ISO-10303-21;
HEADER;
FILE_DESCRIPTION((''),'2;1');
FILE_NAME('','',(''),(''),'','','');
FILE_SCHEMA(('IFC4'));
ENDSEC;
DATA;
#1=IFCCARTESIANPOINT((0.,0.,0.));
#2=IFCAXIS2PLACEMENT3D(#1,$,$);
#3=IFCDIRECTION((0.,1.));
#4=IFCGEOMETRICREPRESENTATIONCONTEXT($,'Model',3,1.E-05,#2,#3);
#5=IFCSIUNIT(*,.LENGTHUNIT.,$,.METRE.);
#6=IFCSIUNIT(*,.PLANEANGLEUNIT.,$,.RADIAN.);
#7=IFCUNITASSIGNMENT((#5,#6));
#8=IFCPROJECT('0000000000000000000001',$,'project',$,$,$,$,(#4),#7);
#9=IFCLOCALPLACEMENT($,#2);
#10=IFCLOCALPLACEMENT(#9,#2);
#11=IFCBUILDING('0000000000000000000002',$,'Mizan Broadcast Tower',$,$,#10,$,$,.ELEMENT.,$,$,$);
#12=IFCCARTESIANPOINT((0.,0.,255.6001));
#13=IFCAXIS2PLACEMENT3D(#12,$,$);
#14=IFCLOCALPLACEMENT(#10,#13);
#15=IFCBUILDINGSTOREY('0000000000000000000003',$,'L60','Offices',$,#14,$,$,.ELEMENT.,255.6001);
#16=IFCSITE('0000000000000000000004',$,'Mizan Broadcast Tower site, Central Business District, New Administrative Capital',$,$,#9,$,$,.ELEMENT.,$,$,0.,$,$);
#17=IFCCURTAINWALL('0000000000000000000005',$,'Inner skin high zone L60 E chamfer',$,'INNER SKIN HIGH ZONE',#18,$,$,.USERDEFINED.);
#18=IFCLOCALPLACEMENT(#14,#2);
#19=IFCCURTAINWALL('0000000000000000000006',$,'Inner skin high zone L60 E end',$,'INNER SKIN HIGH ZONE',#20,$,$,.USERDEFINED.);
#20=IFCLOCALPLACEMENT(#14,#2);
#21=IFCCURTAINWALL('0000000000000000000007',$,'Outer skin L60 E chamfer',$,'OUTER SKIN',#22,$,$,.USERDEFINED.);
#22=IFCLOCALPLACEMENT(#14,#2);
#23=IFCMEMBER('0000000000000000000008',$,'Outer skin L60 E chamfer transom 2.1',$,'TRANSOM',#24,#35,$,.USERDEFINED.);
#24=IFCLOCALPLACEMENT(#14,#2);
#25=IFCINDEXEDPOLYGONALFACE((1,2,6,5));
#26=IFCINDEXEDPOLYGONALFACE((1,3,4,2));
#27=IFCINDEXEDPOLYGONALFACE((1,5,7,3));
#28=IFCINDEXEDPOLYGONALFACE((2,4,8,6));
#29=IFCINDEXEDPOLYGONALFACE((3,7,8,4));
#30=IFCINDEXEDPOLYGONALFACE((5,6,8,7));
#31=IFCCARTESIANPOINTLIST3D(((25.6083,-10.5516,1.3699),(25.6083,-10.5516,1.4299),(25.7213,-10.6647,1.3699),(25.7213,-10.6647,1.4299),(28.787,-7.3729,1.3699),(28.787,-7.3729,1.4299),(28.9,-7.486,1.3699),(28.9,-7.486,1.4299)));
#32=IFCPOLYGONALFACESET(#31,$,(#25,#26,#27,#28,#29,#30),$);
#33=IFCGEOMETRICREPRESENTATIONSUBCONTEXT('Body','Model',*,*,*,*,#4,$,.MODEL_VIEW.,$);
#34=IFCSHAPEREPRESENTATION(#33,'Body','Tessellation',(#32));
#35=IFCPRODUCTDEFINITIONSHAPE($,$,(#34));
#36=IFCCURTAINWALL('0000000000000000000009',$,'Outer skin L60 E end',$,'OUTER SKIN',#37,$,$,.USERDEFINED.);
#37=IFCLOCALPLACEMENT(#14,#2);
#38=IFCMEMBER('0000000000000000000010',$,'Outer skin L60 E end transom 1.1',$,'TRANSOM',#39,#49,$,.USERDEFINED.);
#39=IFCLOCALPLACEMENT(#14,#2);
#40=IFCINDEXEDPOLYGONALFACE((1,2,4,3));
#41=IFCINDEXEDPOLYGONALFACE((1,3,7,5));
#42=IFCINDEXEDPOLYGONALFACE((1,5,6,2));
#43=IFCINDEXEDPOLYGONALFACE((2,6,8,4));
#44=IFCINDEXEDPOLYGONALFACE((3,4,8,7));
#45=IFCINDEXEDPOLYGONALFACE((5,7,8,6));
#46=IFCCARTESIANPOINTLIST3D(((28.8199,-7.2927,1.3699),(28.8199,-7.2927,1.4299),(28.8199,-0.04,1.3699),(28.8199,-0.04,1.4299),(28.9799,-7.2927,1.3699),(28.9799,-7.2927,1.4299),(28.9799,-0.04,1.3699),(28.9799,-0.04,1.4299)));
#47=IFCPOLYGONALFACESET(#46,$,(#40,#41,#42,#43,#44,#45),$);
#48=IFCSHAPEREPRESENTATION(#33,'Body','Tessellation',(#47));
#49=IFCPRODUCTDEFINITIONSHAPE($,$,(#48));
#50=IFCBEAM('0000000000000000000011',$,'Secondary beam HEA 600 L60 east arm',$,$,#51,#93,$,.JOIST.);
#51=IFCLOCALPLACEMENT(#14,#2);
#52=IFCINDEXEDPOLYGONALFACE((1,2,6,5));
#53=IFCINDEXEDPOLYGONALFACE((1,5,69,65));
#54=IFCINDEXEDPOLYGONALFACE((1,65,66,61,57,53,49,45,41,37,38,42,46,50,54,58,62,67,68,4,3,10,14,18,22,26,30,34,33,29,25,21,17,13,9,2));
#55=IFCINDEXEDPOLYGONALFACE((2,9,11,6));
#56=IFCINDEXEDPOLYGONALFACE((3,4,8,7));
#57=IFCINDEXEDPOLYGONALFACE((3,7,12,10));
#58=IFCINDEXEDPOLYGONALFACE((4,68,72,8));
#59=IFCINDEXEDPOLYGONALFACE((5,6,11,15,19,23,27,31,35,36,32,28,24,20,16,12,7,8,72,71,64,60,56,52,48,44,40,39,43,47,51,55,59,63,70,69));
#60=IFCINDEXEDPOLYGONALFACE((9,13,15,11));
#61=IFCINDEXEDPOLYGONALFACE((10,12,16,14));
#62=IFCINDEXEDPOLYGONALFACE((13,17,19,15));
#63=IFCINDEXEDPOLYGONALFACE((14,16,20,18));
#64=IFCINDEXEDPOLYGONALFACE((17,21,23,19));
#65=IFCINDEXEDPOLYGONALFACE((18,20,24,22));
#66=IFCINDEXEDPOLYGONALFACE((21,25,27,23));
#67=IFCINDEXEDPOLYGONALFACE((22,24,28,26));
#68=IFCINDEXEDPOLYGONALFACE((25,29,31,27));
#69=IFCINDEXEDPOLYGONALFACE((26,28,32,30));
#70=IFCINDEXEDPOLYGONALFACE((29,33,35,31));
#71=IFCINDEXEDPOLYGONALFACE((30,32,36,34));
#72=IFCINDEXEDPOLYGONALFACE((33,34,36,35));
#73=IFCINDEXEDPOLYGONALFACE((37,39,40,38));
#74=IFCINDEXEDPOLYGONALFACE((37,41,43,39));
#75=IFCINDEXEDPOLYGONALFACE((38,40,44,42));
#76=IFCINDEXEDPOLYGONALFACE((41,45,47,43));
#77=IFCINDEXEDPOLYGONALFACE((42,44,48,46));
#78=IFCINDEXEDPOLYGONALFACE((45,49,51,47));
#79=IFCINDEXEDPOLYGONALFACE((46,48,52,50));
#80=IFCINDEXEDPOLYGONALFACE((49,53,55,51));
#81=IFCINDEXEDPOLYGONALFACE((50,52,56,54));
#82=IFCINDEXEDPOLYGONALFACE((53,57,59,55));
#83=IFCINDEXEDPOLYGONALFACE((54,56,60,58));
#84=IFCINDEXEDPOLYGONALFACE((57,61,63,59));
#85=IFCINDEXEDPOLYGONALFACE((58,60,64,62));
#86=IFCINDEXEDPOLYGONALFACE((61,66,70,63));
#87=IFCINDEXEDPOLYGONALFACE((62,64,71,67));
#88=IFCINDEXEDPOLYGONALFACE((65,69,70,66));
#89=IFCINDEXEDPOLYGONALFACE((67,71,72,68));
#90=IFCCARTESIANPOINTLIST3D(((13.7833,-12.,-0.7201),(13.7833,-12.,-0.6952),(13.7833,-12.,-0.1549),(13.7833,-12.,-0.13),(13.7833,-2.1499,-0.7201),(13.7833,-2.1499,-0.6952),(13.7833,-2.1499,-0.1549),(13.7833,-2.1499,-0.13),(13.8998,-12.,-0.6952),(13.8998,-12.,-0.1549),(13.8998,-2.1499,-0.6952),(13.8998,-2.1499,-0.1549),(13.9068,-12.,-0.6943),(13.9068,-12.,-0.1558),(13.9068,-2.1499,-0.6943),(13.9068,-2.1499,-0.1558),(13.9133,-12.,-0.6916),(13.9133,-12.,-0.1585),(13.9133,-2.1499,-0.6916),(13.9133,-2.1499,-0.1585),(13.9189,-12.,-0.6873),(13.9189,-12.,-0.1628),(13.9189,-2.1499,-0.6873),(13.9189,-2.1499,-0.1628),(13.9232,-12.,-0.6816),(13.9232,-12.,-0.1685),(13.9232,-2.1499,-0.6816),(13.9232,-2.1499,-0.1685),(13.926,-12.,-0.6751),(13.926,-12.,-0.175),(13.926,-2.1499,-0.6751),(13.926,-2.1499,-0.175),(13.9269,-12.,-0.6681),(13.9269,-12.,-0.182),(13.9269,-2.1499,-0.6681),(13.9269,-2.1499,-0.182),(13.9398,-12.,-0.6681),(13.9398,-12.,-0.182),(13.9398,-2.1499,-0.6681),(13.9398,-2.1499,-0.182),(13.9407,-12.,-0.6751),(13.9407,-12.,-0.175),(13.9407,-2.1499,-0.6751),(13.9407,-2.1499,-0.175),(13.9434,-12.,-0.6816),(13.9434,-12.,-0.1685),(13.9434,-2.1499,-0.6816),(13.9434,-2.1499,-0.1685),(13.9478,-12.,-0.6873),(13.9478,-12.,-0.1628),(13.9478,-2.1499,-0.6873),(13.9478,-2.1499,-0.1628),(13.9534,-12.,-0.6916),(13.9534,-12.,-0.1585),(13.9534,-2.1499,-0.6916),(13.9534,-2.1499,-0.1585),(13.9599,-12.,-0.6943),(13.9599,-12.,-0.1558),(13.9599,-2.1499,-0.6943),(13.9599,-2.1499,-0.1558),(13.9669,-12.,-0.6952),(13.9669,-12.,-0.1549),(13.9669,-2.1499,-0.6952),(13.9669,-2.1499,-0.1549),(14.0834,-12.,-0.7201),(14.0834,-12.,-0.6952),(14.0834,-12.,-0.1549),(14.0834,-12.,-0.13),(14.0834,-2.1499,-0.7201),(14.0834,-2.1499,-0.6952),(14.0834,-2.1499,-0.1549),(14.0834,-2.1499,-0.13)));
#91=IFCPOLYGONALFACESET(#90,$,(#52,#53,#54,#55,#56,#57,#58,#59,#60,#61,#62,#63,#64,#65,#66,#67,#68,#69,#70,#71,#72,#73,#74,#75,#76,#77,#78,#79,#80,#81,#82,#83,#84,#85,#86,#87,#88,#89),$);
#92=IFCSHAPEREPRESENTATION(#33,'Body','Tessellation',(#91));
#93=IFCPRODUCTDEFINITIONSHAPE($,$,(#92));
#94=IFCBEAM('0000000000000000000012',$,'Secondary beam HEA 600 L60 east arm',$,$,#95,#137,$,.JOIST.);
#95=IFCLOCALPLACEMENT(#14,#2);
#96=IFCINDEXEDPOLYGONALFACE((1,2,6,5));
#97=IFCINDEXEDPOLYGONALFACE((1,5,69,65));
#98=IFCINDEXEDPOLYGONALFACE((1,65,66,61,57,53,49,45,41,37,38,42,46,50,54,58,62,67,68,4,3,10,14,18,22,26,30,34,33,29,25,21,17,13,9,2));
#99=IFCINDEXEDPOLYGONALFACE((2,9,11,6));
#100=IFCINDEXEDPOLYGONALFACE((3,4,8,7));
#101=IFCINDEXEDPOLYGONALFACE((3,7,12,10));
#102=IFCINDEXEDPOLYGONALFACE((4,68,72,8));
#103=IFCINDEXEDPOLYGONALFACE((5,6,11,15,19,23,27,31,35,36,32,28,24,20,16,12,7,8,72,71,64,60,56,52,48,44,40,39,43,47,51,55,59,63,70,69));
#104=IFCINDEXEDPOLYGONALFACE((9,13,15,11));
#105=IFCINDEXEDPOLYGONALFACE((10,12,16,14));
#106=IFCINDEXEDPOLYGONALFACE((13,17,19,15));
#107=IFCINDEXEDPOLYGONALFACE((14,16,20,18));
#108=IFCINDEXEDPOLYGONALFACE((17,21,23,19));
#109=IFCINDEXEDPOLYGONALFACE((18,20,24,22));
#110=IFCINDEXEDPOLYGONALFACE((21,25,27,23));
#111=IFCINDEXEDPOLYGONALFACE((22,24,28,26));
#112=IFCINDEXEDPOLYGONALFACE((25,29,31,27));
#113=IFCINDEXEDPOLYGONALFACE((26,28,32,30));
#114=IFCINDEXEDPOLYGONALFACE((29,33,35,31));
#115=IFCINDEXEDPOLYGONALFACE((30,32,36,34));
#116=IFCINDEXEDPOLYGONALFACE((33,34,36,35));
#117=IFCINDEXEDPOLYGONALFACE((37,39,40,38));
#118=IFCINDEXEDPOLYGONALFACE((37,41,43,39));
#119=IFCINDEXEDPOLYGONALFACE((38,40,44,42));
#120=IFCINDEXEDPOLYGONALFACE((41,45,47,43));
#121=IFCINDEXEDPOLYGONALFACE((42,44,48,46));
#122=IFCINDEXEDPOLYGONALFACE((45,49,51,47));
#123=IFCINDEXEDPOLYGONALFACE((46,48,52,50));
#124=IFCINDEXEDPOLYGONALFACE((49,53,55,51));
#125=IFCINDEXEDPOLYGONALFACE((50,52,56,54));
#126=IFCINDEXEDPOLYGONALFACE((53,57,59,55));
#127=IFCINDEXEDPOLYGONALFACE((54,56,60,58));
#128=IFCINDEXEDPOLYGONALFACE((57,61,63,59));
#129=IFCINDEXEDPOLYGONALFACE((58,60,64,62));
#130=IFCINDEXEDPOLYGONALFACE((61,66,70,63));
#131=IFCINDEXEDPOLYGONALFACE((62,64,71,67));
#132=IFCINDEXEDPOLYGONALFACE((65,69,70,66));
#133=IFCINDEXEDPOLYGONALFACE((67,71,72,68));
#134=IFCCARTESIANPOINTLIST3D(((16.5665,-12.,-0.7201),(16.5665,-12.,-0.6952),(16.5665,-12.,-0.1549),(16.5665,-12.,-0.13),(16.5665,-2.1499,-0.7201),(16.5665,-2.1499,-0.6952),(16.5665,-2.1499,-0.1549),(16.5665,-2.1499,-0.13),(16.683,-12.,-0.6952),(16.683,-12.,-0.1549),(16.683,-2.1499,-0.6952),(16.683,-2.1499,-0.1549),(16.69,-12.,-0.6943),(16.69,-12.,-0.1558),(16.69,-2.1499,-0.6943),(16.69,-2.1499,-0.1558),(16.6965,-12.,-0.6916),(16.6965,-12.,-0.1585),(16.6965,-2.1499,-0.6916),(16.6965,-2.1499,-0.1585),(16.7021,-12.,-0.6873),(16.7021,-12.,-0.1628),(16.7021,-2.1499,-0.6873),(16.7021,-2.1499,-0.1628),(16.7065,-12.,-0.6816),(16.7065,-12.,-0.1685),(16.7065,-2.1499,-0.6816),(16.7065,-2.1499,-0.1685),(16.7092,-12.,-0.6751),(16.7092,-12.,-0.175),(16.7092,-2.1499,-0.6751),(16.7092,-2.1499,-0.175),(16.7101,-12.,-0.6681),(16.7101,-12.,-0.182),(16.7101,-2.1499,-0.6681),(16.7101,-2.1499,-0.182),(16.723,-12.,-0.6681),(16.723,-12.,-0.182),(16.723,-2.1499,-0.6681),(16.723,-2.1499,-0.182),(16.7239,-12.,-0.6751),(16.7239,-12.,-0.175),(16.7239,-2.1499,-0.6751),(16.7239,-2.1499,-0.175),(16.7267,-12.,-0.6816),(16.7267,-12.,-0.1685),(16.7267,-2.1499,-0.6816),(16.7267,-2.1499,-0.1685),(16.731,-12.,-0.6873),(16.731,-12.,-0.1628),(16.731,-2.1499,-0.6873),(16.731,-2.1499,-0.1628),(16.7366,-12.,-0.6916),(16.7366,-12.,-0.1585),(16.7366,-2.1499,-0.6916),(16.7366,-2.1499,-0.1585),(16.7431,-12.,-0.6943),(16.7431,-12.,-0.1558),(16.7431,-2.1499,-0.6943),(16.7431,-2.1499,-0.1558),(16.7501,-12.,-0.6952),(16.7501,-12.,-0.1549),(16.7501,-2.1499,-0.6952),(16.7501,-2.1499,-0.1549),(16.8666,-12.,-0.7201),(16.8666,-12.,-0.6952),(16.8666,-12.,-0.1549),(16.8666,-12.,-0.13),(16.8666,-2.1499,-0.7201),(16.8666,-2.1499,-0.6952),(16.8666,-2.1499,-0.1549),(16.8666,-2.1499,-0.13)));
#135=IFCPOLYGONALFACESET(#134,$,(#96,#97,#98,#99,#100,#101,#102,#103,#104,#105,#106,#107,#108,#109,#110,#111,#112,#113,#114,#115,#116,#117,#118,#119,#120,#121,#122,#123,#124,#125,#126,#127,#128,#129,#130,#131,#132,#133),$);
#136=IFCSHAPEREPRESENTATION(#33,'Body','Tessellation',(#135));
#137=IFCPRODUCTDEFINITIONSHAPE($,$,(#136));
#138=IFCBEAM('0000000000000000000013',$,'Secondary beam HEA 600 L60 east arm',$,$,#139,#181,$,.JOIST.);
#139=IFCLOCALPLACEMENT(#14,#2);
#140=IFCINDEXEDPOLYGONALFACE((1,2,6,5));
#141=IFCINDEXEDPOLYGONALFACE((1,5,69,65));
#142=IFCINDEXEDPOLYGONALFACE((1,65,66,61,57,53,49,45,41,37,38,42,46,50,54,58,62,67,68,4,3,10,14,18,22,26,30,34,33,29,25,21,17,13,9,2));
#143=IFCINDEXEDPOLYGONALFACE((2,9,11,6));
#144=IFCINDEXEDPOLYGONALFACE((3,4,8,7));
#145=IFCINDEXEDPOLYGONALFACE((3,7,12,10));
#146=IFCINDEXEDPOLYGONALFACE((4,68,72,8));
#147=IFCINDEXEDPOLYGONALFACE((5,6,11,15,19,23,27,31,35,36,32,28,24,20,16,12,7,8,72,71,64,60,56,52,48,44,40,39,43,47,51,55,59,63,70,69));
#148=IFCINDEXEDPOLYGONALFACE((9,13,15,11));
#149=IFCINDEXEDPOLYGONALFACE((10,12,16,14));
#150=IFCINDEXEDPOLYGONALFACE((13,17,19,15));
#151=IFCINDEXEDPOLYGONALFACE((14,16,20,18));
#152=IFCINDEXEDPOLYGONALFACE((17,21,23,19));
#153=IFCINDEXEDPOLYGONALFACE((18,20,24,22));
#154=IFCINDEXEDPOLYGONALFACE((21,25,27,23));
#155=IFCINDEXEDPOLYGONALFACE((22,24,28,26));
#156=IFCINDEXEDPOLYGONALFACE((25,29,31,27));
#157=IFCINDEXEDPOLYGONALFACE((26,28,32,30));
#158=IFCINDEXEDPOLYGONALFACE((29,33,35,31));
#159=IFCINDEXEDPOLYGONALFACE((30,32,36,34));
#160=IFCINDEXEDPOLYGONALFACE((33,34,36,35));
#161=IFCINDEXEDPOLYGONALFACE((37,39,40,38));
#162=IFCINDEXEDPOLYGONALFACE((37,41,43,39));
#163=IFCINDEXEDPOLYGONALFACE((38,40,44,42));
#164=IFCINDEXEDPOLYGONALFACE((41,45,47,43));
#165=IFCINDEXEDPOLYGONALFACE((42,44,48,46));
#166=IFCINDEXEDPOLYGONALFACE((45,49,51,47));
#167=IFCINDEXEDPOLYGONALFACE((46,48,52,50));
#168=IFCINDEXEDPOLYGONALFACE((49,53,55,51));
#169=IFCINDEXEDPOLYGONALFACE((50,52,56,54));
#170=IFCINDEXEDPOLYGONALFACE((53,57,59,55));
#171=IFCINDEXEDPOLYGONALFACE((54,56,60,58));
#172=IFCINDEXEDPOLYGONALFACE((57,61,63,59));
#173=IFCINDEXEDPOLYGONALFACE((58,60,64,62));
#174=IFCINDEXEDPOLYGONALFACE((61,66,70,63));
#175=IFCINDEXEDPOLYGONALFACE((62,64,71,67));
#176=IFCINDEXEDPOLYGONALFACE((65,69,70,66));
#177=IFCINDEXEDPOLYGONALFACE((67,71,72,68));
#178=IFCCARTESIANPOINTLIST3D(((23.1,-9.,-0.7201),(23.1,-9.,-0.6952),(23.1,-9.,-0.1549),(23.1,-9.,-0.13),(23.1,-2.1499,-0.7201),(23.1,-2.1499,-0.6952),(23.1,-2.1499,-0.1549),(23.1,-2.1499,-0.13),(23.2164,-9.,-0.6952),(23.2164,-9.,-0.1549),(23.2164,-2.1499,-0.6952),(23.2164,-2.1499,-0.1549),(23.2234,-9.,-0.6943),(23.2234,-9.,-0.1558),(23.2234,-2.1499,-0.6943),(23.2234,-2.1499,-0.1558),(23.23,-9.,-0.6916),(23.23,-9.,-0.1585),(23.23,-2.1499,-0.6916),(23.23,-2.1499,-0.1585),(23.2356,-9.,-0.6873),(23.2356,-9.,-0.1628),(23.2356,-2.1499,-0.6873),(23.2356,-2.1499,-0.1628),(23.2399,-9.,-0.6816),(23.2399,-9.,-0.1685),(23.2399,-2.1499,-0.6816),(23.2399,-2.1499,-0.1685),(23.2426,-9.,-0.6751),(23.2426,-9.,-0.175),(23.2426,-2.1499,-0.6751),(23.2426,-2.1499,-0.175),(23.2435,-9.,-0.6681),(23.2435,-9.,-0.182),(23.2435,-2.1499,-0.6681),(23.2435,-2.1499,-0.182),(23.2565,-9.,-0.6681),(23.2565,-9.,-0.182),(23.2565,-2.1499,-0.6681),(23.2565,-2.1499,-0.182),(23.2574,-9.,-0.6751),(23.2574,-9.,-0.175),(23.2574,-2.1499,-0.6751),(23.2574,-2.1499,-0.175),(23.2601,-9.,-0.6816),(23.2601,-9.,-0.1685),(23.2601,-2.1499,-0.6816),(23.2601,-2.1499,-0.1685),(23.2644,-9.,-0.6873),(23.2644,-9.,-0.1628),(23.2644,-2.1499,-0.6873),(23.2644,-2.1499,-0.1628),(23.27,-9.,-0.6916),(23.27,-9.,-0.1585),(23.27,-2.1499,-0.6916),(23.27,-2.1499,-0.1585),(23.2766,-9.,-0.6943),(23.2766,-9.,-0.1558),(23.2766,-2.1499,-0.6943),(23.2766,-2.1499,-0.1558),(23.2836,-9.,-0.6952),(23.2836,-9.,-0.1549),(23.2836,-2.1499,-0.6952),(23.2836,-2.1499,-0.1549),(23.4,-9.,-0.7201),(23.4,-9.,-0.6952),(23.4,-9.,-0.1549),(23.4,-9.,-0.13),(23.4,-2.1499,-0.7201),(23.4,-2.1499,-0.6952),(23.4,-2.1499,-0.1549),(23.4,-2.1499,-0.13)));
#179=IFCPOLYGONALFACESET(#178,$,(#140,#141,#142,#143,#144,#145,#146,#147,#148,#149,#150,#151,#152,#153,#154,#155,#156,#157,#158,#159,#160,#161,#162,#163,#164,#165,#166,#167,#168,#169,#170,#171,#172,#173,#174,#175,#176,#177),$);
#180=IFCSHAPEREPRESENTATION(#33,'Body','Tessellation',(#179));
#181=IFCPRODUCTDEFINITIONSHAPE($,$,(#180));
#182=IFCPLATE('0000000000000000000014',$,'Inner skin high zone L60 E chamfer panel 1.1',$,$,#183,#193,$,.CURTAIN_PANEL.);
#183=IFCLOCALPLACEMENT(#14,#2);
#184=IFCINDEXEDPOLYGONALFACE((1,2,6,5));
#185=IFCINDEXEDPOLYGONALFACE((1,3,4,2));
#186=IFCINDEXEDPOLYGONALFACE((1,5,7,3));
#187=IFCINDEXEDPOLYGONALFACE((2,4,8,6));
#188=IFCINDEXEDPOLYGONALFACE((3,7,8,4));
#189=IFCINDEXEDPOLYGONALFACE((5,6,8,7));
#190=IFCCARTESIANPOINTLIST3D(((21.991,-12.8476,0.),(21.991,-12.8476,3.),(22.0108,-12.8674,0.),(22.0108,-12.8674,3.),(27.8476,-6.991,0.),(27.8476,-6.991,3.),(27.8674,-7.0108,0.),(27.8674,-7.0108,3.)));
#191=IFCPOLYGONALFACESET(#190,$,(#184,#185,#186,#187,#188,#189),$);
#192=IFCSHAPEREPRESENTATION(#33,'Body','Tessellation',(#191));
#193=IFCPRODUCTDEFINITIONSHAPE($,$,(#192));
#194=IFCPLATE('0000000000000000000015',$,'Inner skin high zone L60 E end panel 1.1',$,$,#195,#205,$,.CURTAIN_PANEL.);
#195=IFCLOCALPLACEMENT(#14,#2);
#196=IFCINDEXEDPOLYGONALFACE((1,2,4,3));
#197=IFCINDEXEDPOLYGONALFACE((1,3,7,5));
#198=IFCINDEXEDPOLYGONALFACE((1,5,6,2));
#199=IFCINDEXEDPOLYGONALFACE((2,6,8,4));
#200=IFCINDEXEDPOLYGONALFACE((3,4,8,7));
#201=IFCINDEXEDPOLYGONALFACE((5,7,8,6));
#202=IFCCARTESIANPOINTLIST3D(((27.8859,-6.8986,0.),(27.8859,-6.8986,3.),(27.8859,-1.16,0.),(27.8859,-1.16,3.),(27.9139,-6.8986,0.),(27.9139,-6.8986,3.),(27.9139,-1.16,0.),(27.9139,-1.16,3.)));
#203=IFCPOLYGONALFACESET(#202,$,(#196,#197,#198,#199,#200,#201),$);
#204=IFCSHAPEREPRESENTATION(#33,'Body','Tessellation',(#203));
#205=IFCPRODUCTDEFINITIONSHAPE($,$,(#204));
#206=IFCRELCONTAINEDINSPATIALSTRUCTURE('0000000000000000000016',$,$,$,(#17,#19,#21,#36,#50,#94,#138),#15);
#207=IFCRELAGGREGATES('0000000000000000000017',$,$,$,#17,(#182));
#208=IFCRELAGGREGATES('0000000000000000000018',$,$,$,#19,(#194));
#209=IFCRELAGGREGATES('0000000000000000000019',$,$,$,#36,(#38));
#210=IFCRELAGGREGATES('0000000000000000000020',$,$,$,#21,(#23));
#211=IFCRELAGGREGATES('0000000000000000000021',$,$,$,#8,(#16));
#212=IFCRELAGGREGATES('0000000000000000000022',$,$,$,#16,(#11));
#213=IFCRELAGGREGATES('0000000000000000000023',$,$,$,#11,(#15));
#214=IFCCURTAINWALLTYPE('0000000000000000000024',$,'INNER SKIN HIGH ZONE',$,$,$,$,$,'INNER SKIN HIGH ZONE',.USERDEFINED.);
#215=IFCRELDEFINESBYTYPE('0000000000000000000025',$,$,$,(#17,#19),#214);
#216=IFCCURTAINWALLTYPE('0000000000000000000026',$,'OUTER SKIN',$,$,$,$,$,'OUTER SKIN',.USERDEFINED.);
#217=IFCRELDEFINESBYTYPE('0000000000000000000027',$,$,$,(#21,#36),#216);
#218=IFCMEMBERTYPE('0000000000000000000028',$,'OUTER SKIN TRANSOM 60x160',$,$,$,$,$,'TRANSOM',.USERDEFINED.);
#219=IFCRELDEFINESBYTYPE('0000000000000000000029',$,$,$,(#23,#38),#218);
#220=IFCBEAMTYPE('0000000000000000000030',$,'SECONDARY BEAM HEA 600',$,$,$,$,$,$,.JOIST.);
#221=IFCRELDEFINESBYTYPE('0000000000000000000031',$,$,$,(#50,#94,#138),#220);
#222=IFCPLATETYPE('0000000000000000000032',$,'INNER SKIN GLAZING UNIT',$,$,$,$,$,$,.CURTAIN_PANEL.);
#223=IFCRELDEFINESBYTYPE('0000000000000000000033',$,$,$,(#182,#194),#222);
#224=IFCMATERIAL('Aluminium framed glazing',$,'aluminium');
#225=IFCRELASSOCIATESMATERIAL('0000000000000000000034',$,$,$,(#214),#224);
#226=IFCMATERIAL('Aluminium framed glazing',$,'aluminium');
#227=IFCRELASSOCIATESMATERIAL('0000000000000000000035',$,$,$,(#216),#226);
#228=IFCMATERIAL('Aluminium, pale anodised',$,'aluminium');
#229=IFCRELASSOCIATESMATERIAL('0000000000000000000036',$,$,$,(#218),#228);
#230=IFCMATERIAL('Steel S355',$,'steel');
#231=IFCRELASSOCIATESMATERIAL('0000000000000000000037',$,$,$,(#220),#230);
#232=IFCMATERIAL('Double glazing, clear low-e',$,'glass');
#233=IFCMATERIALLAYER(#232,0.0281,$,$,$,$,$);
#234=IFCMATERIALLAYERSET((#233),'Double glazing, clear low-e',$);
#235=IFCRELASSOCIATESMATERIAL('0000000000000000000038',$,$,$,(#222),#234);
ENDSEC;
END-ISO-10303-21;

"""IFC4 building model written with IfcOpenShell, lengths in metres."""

from ifc_helpers import new_model, si_unit, direction, frame, origin, origin_2d, place, context, subcontext, project, spatial, rectangle, i_section, extrude, material, layer, layer_set, material_profile, profile_set, type_object, element, aggregate, save


model = new_model("IFC4")

# Units and contexts
model_context = context("Model", 3, precision=1e-05, world=origin(), true_north=direction((0.0, 1.0)))
body_context = subcontext(model_context, "Body", "Model", "MODEL_VIEW")
ifc_project = project(units=[si_unit("LENGTHUNIT", "METRE"), si_unit("PLANEANGLEUNIT", "RADIAN")], contexts=[model_context])

# Site, building, storey
site_placement = place(None, origin())
site = spatial("IfcSite", under=ifc_project, at=site_placement, Name="Mizan Broadcast Tower site, Central Business District, New Administrative Capital", CompositionType="ELEMENT", RefElevation=0.0)
building_placement = place(site_placement, origin())
building = spatial("IfcBuilding", under=site, at=building_placement, Name="Mizan Broadcast Tower", CompositionType="ELEMENT")
storey_placement = place(building_placement, frame((0.0, 0.0, 255.6001)))
storey = spatial("IfcBuildingStorey", under=building, at=storey_placement, Name="L60", Description="Offices", CompositionType="ELEMENT", Elevation=255.6001)

# Curtain wall
ifc_material_1 = material(Name="Aluminium framed glazing", Category="aluminium")
curtain_wall_type_1 = type_object("IfcCurtainWallType", Name="INNER SKIN HIGH ZONE", ElementType="INNER SKIN HIGH ZONE", PredefinedType="USERDEFINED", material=ifc_material_1)
curtain_wall_1_placement = place(storey_placement, origin())
curtain_wall_1 = element("IfcCurtainWall", 1, at=curtain_wall_1_placement, inside=storey, type_object=curtain_wall_type_1, Name="Inner skin high zone L60 E chamfer", ObjectType="INNER SKIN HIGH ZONE", PredefinedType="USERDEFINED")

# Curtain walls, member
curtain_wall_2_placement = place(storey_placement, origin())
curtain_wall_2 = element("IfcCurtainWall", 2, at=curtain_wall_2_placement, inside=storey, type_object=curtain_wall_type_1, Name="Inner skin high zone L60 E end", ObjectType="INNER SKIN HIGH ZONE", PredefinedType="USERDEFINED")
ifc_material_2 = material(Name="Aluminium framed glazing", Category="aluminium")
curtain_wall_type_2 = type_object("IfcCurtainWallType", Name="OUTER SKIN", ElementType="OUTER SKIN", PredefinedType="USERDEFINED", material=ifc_material_2)
curtain_wall_3_placement = place(storey_placement, origin())
curtain_wall_3 = element("IfcCurtainWall", 3, at=curtain_wall_3_placement, inside=storey, type_object=curtain_wall_type_2, Name="Outer skin L60 E chamfer", ObjectType="OUTER SKIN", PredefinedType="USERDEFINED")
ifc_material_3 = material(Name="Aluminium, pale anodised", Category="aluminium")
ifc_material_profile_1 = material_profile(ifc_material_3, rectangle(XDim=0.1599, YDim=0.0601, at=origin_2d()), Name="TRANSOM 160x60")
ifc_profile_set_1 = profile_set([ifc_material_profile_1], Name="Aluminium, pale anodised")
member_type_1 = type_object("IfcMemberType", Name="OUTER SKIN TRANSOM 60x160", ElementType="TRANSOM", PredefinedType="USERDEFINED", material=ifc_profile_set_1)
member_1_placement = place(storey_placement, frame((25.6648, -10.6082, 1.3999), z_axis=(0.707107, 0.707107, 0.0), x_axis=(-0.707107, 0.707107, 0.0)))
member_1 = element("IfcMember", 4, at=member_1_placement, type_object=member_type_1, Name="Outer skin L60 E chamfer transom 2.1", ObjectType="TRANSOM", PredefinedType="USERDEFINED", context=body_context, shape_type="SweptSolid", body=[
    extrude(rectangle(XDim=0.1599, YDim=0.0601, at=origin_2d()), origin(), (0.0, 0.0, 1.0), 4.4954),
])

# Curtain wall, member
curtain_wall_4_placement = place(storey_placement, origin())
curtain_wall_4 = element("IfcCurtainWall", 5, at=curtain_wall_4_placement, inside=storey, type_object=curtain_wall_type_2, Name="Outer skin L60 E end", ObjectType="OUTER SKIN", PredefinedType="USERDEFINED")
member_2_placement = place(storey_placement, frame((28.8999, -7.2927, 1.3999), z_axis=(0.0, 1.0, 0.0), x_axis=(-1.0, 0.0, 0.0)))
member_2 = element("IfcMember", 6, at=member_2_placement, type_object=member_type_1, Name="Outer skin L60 E end transom 1.1", ObjectType="TRANSOM", PredefinedType="USERDEFINED", context=body_context, shape_type="SweptSolid", body=[
    extrude(rectangle(XDim=0.1599, YDim=0.0601, at=origin_2d()), origin(), (0.0, 0.0, 1.0), 7.2527),
])

# Beams
ifc_material_4 = material(Name="Steel S355", Category="steel")
ifc_material_profile_2 = material_profile(ifc_material_4, i_section(OverallWidth=0.3, OverallDepth=0.5901, WebThickness=0.0129, FlangeThickness=0.0249, FilletRadius=0.0271, at=origin_2d()), Name="HEA 600")
ifc_profile_set_2 = profile_set([ifc_material_profile_2], Name="Steel S355")
beam_type_1 = type_object("IfcBeamType", Name="SECONDARY BEAM HEA 600", PredefinedType="JOIST", material=ifc_profile_set_2)
for number, where, z_axis, x_axis, name in (
    (7, (13.9333, -12.0, -0.425), (0.0, 1.0, 0.0), (-1.0, 0.0, 0.0), "Secondary beam HEA 600 L60 east arm"),
    (8, (16.7166, -12.0, -0.425), (0.0, 1.0, 0.0), (-1.0, 0.0, 0.0), "Secondary beam HEA 600 L60 east arm"),
):
    element("IfcBeam", number, at=place(storey_placement, frame(where, z_axis=z_axis, x_axis=x_axis)), inside=storey, type_object=beam_type_1, Name=name, PredefinedType="JOIST", context=body_context, shape_type="SweptSolid", body=[
        extrude(i_section(OverallWidth=0.3, OverallDepth=0.5901, WebThickness=0.0129, FlangeThickness=0.0249, FilletRadius=0.0271, at=origin_2d()), origin(), (0.0, 0.0, 1.0), 9.8501),
    ])
beam_1_placement = place(storey_placement, frame((23.25, -9.0, -0.425), z_axis=(0.0, 1.0, 0.0), x_axis=(-1.0, 0.0, 0.0)))
element("IfcBeam", 9, at=beam_1_placement, inside=storey, type_object=beam_type_1, Name="Secondary beam HEA 600 L60 east arm", PredefinedType="JOIST", context=body_context, shape_type="SweptSolid", body=[
    extrude(i_section(OverallWidth=0.3, OverallDepth=0.5901, WebThickness=0.0129, FlangeThickness=0.0249, FilletRadius=0.0271, at=origin_2d()), origin(), (0.0, 0.0, 1.0), 6.8501),
])

# Plates
ifc_material_5 = material(Name="Double glazing, clear low-e", Category="glass")
ifc_layer_1 = layer(ifc_material_5, 0.0281)
ifc_layer_set_1 = layer_set([ifc_layer_1], Name="Double glazing, clear low-e")
plate_type_1 = type_object("IfcPlateType", Name="INNER SKIN GLAZING UNIT", PredefinedType="CURTAIN_PANEL", material=ifc_layer_set_1)
plate_1_placement = place(storey_placement, frame((24.9292, -9.9292, 0.0), z_axis=(0.0, 0.0, 1.0), x_axis=(0.707107, 0.707107, 0.0)))
plate_1 = element("IfcPlate", 10, at=plate_1_placement, type_object=plate_type_1, Name="Inner skin high zone L60 E chamfer panel 1.1", PredefinedType="CURTAIN_PANEL", context=body_context, shape_type="SweptSolid", body=[
    extrude(rectangle(XDim=8.2825, YDim=0.0281, at=origin_2d()), origin(), (0.0, 0.0, 1.0), 3.0),
])
plate_2_placement = place(storey_placement, frame((27.8999, -4.0293, 0.0), z_axis=(0.0, 0.0, 1.0), x_axis=(0.0, 1.0, 0.0)))
plate_2 = element("IfcPlate", 11, at=plate_2_placement, type_object=plate_type_1, Name="Inner skin high zone L60 E end panel 1.1", PredefinedType="CURTAIN_PANEL", context=body_context, shape_type="SweptSolid", body=[
    extrude(rectangle(XDim=5.7385, YDim=0.0281, at=origin_2d()), origin(), (0.0, 0.0, 1.0), 3.0),
])
aggregate(curtain_wall_1, [plate_1])
aggregate(curtain_wall_2, [plate_2])
aggregate(curtain_wall_4, [member_2])
aggregate(curtain_wall_3, [member_1])

save(model, "model.ifc")
